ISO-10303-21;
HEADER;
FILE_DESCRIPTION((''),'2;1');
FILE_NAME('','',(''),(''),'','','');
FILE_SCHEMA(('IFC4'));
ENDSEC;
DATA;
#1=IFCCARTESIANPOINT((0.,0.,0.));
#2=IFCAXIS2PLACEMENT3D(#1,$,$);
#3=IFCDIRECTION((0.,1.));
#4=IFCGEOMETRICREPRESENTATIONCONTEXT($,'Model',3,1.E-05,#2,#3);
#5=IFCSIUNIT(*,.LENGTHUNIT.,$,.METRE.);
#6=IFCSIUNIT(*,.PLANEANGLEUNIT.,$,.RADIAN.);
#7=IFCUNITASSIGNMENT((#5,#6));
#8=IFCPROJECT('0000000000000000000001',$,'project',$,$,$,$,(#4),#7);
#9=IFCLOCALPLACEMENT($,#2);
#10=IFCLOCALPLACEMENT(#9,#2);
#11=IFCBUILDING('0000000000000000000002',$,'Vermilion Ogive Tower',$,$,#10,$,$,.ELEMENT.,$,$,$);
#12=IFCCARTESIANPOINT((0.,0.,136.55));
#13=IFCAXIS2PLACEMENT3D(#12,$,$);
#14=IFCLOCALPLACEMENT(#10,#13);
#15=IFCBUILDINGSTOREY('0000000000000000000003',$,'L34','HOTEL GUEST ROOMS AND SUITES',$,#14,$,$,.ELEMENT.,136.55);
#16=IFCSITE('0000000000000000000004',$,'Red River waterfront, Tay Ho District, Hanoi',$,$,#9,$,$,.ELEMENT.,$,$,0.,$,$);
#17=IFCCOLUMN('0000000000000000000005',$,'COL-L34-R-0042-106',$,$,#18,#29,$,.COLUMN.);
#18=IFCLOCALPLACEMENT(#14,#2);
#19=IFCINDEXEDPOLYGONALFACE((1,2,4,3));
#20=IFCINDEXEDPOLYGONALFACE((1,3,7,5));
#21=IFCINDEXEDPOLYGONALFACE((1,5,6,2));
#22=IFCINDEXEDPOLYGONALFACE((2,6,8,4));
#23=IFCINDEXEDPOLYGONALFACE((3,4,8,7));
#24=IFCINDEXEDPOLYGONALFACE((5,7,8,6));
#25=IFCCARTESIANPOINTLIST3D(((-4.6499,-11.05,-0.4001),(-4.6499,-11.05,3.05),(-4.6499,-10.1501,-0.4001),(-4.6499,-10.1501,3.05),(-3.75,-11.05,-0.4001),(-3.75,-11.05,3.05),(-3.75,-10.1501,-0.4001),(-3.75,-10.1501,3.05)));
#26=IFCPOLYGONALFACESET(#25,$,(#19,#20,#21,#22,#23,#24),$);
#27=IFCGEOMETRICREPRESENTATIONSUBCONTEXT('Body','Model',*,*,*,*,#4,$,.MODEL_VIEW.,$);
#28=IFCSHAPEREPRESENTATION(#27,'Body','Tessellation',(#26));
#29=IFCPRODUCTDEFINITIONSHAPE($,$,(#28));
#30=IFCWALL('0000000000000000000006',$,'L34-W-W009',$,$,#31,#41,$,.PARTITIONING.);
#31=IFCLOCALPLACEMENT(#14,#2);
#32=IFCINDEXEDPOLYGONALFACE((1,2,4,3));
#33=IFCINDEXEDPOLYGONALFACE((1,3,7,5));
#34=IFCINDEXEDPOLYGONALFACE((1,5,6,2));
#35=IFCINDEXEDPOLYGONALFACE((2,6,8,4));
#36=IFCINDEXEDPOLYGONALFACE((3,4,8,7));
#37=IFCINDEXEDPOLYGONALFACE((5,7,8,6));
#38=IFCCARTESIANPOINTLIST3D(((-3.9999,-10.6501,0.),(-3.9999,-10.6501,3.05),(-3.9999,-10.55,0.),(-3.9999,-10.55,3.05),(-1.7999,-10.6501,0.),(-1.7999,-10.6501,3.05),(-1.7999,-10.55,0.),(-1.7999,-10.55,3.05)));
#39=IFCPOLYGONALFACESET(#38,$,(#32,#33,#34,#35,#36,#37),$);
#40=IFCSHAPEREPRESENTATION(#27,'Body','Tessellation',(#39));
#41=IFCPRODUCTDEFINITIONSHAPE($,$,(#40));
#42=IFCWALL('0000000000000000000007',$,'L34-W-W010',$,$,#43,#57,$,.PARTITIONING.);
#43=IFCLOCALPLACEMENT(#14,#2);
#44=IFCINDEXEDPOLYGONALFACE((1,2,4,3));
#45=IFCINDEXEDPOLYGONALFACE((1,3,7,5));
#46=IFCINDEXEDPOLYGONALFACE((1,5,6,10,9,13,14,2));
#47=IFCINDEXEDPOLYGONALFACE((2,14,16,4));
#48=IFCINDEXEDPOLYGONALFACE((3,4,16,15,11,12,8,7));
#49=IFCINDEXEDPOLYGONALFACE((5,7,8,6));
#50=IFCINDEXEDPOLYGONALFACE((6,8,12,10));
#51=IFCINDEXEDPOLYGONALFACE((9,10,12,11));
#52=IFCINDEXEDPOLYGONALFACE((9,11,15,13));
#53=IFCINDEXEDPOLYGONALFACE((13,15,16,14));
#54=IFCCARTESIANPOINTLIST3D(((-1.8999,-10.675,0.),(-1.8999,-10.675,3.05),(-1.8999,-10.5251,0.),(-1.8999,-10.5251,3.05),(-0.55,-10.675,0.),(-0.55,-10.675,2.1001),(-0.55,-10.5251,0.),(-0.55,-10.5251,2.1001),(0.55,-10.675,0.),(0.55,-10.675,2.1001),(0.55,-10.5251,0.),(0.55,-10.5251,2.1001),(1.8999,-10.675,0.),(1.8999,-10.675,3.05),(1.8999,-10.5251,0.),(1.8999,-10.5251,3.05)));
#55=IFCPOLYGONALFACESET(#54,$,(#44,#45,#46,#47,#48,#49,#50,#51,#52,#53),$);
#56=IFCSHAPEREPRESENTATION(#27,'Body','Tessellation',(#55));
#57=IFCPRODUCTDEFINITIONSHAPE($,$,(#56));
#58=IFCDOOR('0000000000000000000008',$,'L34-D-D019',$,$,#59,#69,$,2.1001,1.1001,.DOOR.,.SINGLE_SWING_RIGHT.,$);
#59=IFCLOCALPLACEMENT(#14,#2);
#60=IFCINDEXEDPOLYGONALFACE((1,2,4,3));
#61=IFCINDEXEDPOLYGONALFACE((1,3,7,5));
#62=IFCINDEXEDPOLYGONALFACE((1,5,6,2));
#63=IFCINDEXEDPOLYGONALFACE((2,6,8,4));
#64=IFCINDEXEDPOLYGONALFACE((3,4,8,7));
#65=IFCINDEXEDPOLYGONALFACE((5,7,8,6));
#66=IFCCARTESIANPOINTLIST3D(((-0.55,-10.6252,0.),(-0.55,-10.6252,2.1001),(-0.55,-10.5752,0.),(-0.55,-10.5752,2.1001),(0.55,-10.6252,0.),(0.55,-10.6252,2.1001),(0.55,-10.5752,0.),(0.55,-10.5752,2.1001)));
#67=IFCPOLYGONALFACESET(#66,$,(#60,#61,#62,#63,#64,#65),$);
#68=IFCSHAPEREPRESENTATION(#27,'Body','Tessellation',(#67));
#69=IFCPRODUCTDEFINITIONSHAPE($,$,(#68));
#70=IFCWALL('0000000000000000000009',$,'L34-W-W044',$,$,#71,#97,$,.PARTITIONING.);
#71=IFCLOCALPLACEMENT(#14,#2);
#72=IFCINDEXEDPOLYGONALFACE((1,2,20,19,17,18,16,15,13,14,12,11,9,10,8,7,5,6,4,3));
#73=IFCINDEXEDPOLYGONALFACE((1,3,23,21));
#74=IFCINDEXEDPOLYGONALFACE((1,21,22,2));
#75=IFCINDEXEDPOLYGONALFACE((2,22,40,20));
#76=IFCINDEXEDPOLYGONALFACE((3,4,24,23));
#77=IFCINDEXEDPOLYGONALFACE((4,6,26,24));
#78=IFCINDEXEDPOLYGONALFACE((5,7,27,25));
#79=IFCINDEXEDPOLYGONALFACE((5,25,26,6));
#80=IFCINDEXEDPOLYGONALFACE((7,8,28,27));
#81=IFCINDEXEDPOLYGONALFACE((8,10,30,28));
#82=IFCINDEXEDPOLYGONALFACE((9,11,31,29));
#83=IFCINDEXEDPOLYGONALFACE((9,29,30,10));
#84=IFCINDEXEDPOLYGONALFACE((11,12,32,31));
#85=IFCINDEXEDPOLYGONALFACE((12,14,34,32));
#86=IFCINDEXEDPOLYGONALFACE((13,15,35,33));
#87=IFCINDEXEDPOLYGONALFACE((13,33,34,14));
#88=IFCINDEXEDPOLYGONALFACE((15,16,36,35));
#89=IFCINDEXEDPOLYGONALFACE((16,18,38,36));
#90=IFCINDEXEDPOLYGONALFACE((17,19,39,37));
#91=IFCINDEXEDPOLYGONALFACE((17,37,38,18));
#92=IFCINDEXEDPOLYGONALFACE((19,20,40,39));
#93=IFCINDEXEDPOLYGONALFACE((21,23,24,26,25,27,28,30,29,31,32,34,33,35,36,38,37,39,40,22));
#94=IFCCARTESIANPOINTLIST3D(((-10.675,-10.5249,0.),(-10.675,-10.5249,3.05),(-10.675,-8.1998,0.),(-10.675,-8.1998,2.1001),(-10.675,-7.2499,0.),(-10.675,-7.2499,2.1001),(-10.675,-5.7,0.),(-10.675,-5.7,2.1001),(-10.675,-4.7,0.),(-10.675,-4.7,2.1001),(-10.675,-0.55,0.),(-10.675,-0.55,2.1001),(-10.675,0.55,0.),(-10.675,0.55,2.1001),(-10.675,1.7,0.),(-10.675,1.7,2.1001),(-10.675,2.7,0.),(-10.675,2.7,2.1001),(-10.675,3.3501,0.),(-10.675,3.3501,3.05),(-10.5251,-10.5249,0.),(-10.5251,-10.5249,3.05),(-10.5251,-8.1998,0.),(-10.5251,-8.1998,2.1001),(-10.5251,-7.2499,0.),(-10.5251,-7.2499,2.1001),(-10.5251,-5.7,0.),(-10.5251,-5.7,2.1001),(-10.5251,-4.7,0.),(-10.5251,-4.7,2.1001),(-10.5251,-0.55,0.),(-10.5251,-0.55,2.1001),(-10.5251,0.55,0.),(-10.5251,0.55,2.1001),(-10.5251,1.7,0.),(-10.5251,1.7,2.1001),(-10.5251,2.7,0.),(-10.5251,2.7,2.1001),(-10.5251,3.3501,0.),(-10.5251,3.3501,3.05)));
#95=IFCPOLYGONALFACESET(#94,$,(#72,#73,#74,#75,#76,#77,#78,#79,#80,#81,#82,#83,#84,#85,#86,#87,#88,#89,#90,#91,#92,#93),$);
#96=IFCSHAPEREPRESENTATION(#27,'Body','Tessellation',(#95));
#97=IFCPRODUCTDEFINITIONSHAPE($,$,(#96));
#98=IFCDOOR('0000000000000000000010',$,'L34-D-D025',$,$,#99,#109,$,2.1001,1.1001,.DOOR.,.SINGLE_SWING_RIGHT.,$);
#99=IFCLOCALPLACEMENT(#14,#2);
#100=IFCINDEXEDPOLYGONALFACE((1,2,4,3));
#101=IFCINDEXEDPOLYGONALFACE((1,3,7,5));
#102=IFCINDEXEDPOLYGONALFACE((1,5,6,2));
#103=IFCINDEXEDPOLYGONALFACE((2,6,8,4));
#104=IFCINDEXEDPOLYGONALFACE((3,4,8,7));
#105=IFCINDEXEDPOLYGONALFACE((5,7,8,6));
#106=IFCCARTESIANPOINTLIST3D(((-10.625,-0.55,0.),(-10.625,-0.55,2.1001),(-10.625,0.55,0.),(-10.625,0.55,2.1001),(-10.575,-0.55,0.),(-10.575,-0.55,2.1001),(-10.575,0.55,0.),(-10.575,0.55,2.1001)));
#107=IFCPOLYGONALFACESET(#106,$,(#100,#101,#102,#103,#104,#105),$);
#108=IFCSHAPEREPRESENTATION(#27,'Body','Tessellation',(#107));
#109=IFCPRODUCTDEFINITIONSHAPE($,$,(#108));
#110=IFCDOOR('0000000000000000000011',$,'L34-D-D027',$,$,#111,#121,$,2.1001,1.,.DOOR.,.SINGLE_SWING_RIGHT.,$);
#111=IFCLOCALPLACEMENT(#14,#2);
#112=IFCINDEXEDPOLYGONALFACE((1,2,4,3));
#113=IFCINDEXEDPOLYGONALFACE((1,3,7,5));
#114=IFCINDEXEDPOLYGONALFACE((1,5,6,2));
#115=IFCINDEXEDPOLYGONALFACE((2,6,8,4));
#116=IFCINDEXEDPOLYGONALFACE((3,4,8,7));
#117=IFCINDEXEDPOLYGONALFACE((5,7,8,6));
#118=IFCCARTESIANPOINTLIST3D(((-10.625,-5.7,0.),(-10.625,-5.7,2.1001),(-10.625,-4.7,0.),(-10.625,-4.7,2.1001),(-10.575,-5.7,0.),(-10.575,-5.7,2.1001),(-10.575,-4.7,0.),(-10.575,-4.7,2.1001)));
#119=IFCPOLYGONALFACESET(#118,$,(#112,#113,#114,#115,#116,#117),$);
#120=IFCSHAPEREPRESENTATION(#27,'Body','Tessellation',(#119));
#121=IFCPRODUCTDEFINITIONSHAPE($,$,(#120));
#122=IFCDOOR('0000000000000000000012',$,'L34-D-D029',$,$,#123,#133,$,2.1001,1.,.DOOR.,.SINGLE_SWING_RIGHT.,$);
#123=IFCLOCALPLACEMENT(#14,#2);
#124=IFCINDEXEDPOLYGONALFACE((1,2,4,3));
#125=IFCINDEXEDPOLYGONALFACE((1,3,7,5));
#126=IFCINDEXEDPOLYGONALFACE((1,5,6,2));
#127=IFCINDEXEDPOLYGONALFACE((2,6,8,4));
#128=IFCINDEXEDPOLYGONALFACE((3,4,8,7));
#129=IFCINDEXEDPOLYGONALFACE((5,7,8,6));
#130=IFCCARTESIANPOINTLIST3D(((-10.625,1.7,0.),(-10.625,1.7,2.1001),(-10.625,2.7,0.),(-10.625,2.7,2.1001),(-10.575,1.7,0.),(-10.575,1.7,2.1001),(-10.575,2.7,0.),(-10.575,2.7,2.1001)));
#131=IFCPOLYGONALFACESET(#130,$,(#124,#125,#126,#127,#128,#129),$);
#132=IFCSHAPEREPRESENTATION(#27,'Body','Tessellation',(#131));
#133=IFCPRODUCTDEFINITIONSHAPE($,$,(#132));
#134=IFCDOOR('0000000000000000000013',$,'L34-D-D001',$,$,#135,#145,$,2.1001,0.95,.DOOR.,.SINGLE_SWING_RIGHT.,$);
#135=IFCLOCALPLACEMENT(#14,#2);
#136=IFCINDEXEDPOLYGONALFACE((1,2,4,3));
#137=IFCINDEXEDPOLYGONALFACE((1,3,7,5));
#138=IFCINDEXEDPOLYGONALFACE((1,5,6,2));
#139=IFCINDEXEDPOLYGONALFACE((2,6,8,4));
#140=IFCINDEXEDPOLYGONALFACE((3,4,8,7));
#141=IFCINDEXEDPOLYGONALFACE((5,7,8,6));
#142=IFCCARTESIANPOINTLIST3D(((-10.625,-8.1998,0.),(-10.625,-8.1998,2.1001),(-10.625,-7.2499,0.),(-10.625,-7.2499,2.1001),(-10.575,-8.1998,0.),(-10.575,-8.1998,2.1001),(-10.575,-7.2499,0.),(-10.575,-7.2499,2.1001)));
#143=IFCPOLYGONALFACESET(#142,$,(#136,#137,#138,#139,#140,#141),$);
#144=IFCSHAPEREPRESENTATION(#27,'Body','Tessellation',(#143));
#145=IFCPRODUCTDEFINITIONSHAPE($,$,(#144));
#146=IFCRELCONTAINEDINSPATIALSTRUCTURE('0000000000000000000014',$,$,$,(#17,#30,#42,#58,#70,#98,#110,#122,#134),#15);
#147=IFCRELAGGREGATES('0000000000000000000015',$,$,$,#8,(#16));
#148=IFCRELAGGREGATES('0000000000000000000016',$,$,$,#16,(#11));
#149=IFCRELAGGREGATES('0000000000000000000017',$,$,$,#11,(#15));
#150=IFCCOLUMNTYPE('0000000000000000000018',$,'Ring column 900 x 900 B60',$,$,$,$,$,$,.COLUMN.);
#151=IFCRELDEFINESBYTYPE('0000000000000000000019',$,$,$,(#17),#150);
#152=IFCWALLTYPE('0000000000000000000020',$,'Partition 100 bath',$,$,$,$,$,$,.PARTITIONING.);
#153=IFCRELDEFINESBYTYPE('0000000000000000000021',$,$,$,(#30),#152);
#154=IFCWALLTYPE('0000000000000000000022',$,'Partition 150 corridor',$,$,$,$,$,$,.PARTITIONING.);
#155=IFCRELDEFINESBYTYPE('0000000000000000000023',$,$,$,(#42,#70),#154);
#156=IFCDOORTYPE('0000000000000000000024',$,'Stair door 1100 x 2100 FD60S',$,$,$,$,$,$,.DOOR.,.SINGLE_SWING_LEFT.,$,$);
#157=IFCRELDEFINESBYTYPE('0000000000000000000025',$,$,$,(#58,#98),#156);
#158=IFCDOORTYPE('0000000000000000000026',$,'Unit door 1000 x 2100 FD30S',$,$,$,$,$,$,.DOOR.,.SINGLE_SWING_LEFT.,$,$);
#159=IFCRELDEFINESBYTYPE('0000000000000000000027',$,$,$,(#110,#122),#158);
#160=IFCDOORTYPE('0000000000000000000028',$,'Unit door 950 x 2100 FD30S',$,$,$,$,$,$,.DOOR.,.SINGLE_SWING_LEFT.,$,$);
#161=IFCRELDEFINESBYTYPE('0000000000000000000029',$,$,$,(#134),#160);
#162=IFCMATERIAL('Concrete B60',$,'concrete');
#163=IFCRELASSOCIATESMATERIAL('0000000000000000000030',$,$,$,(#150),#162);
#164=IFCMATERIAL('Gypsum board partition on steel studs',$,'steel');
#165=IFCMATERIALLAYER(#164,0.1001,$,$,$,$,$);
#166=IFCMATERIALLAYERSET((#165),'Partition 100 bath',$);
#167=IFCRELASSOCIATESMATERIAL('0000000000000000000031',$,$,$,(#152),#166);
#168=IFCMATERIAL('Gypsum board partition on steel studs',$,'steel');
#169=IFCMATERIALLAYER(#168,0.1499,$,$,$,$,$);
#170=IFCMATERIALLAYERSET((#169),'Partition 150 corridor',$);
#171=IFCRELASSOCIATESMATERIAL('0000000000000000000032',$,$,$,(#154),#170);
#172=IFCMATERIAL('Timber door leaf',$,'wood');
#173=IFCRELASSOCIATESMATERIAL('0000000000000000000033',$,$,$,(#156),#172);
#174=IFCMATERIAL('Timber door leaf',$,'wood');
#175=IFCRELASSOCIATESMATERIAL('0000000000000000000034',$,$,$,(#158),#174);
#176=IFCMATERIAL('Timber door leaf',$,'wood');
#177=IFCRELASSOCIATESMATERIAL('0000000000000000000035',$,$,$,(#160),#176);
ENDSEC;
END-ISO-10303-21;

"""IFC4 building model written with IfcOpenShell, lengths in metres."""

from ifc_helpers import new_model, si_unit, direction, frame, frame_2d, origin, origin_2d, place, context, subcontext, project, spatial, rectangle, extrude, material, layer, layer_set, material_profile, profile_set, type_object, element, fill, save


model = new_model("IFC4")

# Units and contexts
model_context = context("Model", 3, precision=1e-05, world=origin(), true_north=direction((0.0, 1.0)))
body_context = subcontext(model_context, "Body", "Model", "MODEL_VIEW")
ifc_project = project(units=[si_unit("LENGTHUNIT", "METRE"), si_unit("PLANEANGLEUNIT", "RADIAN")], contexts=[model_context])

# Site, building, storey
site_placement = place(None, origin())
site = spatial("IfcSite", under=ifc_project, at=site_placement, Name="Red River waterfront, Tay Ho District, Hanoi", CompositionType="ELEMENT", RefElevation=0.0)
building_placement = place(site_placement, origin())
building = spatial("IfcBuilding", under=site, at=building_placement, Name="Vermilion Ogive Tower", CompositionType="ELEMENT")
storey_placement = place(building_placement, frame((0.0, 0.0, 136.55)))
storey = spatial("IfcBuildingStorey", under=building, at=storey_placement, Name="L34", Description="HOTEL GUEST ROOMS AND SUITES", CompositionType="ELEMENT", Elevation=136.55)

# Column
ifc_material_1 = material(Name="Concrete B60", Category="concrete")
ifc_material_profile = material_profile(ifc_material_1, rectangle(XDim=0.8999, YDim=0.8999, at=origin_2d()), Name="900 x 900")
ifc_profile_set = profile_set([ifc_material_profile], Name="Concrete B60")
column_type = type_object("IfcColumnType", Name="Ring column 900 x 900 B60", PredefinedType="COLUMN", material=ifc_profile_set)
column_placement = place(storey_placement, frame((-4.2, -10.6001, -0.4001), z_axis=(0.0, 0.0, 1.0), x_axis=(1.0, 0.0, 0.0)))
element("IfcColumn", 1, at=column_placement, inside=storey, type_object=column_type, Name="COL-L34-R-0042-106", PredefinedType="COLUMN", context=body_context, shape_type="SweptSolid", body=[
    extrude(rectangle(XDim=0.8999, YDim=0.8999, at=origin_2d()), origin(), (0.0, 0.0, 1.0), 3.4502),
])

# Wall
ifc_material_2 = material(Name="Gypsum board partition on steel studs", Category="steel")
ifc_layer_1 = layer(ifc_material_2, 0.1001)
ifc_layer_set_1 = layer_set([ifc_layer_1], Name="Partition 100 bath")
wall_type_1 = type_object("IfcWallType", Name="Partition 100 bath", PredefinedType="PARTITIONING", material=ifc_layer_set_1)
wall_1_placement = place(storey_placement, frame((-4.0, -10.6001, 0.0), z_axis=(0.0, 0.0, 1.0), x_axis=(1.0, 0.0, 0.0)))
element("IfcWall", 2, at=wall_1_placement, inside=storey, type_object=wall_type_1, Name="L34-W-W009", PredefinedType="PARTITIONING", context=body_context, shape_type="SweptSolid", body=[
    extrude(rectangle(XDim=2.2, YDim=0.1001, at=frame_2d((1.1001, 0.0))), origin(), (0.0, 0.0, 1.0), 3.05),
])

# Wall, opening, door
ifc_material_3 = material(Name="Gypsum board partition on steel studs", Category="steel")
ifc_layer_2 = layer(ifc_material_3, 0.1499)
ifc_layer_set_2 = layer_set([ifc_layer_2], Name="Partition 150 corridor")
wall_type_2 = type_object("IfcWallType", Name="Partition 150 corridor", PredefinedType="PARTITIONING", material=ifc_layer_set_2)
wall_2_placement = place(storey_placement, frame((-1.8999, -10.6001, 0.0), z_axis=(0.0, 0.0, 1.0), x_axis=(1.0, 0.0, 0.0)))
wall_2 = element("IfcWall", 3, at=wall_2_placement, inside=storey, type_object=wall_type_2, Name="L34-W-W010", PredefinedType="PARTITIONING", context=body_context, shape_type="SweptSolid", body=[
    extrude(rectangle(XDim=3.7998, YDim=0.1499, at=frame_2d((1.8999, 0.0))), origin(), (0.0, 0.0, 1.0), 3.05),
])
opening_1_placement = place(wall_2_placement, frame((1.3499, 0.0, 0.0)))
opening_1 = element("IfcOpeningElement", 4, at=opening_1_placement, cuts=wall_2, PredefinedType="OPENING", context=body_context, shape_type="SweptSolid", body=[
    extrude(rectangle(XDim=1.1001, YDim=2.1001, at=frame_2d((0.55, 1.05))), frame((0.0, 0.085, 0.0), z_axis=(0.0, -1.0, 0.0), x_axis=(1.0, 0.0, 0.0)), (0.0, 0.0, 1.0), 0.1699),
])
ifc_material_4 = material(Name="Timber door leaf", Category="wood")
door_type_1 = type_object("IfcDoorType", Name="Stair door 1100 x 2100 FD60S", OperationType="SINGLE_SWING_LEFT", PredefinedType="DOOR", material=ifc_material_4)
door_1_placement = place(opening_1_placement, origin())
door_1 = element("IfcDoor", 5, at=door_1_placement, inside=storey, type_object=door_type_1, Name="L34-D-D019", OperationType="SINGLE_SWING_RIGHT", OverallHeight=2.1001, OverallWidth=1.1001, PredefinedType="DOOR", context=body_context, shape_type="SweptSolid", body=[
    extrude(rectangle(XDim=1.1001, YDim=2.1001, at=frame_2d((0.55, 1.05))), frame((0.0, 0.0249, 0.0), z_axis=(0.0, -1.0, 0.0), x_axis=(1.0, 0.0, 0.0)), (0.0, 0.0, 1.0), 0.05),
])
fill(opening_1, door_1)

# Wall, openings, doors
wall_3_placement = place(storey_placement, frame((-10.6001, -10.5249, 0.0), z_axis=(0.0, 0.0, 1.0), x_axis=(0.0, 1.0, 0.0)))
wall_3 = element("IfcWall", 6, at=wall_3_placement, inside=storey, type_object=wall_type_2, Name="L34-W-W044", PredefinedType="PARTITIONING", context=body_context, shape_type="SweptSolid", body=[
    extrude(rectangle(XDim=13.875, YDim=0.1499, at=frame_2d((6.9375, 0.0))), origin(), (0.0, 0.0, 1.0), 3.05),
])
opening_2_placement = place(wall_3_placement, frame((2.325, 0.0, 0.0)))
opening_2 = element("IfcOpeningElement", 7, at=opening_2_placement, cuts=wall_3, PredefinedType="OPENING", context=body_context, shape_type="SweptSolid", body=[
    extrude(rectangle(XDim=0.95, YDim=2.1001, at=frame_2d((0.4751, 1.05))), frame((0.0, 0.085, 0.0), z_axis=(0.0, -1.0, 0.0), x_axis=(1.0, 0.0, 0.0)), (0.0, 0.0, 1.0), 0.1699),
])
opening_3_placement = place(wall_3_placement, frame((9.9749, 0.0, 0.0)))
opening_3 = element("IfcOpeningElement", 8, at=opening_3_placement, cuts=wall_3, PredefinedType="OPENING", context=body_context, shape_type="SweptSolid", body=[
    extrude(rectangle(XDim=1.1001, YDim=2.1001, at=frame_2d((0.55, 1.05))), frame((0.0, 0.085, 0.0), z_axis=(0.0, -1.0, 0.0), x_axis=(1.0, 0.0, 0.0)), (0.0, 0.0, 1.0), 0.1699),
])
opening_4_placement = place(wall_3_placement, frame((4.825, 0.0, 0.0)))
opening_4 = element("IfcOpeningElement", 9, at=opening_4_placement, cuts=wall_3, PredefinedType="OPENING", context=body_context, shape_type="SweptSolid", body=[
    extrude(rectangle(XDim=1.0, YDim=2.1001, at=frame_2d((0.5, 1.05))), frame((0.0, 0.085, 0.0), z_axis=(0.0, -1.0, 0.0), x_axis=(1.0, 0.0, 0.0)), (0.0, 0.0, 1.0), 0.1699),
])
opening_5_placement = place(wall_3_placement, frame((12.2249, 0.0, 0.0)))
opening_5 = element("IfcOpeningElement", 10, at=opening_5_placement, cuts=wall_3, PredefinedType="OPENING", context=body_context, shape_type="SweptSolid", body=[
    extrude(rectangle(XDim=1.0, YDim=2.1001, at=frame_2d((0.5, 1.05))), frame((0.0, 0.085, 0.0), z_axis=(0.0, -1.0, 0.0), x_axis=(1.0, 0.0, 0.0)), (0.0, 0.0, 1.0), 0.1699),
])
door_2_placement = place(opening_3_placement, origin())
door_2 = element("IfcDoor", 11, at=door_2_placement, inside=storey, type_object=door_type_1, Name="L34-D-D025", OperationType="SINGLE_SWING_RIGHT", OverallHeight=2.1001, OverallWidth=1.1001, PredefinedType="DOOR", context=body_context, shape_type="SweptSolid", body=[
    extrude(rectangle(XDim=1.1001, YDim=2.1001, at=frame_2d((0.55, 1.05))), frame((0.0, 0.0249, 0.0), z_axis=(0.0, -1.0, 0.0), x_axis=(1.0, 0.0, 0.0)), (0.0, 0.0, 1.0), 0.05),
])
fill(opening_3, door_2)
ifc_material_5 = material(Name="Timber door leaf", Category="wood")
door_type_2 = type_object("IfcDoorType", Name="Unit door 1000 x 2100 FD30S", OperationType="SINGLE_SWING_LEFT", PredefinedType="DOOR", material=ifc_material_5)
door_3_placement = place(opening_4_placement, origin())
door_3 = element("IfcDoor", 12, at=door_3_placement, inside=storey, type_object=door_type_2, Name="L34-D-D027", OperationType="SINGLE_SWING_RIGHT", OverallHeight=2.1001, OverallWidth=1.0, PredefinedType="DOOR", context=body_context, shape_type="SweptSolid", body=[
    extrude(rectangle(XDim=1.0, YDim=2.1001, at=frame_2d((0.5, 1.05))), frame((0.0, 0.0249, 0.0), z_axis=(0.0, -1.0, 0.0), x_axis=(1.0, 0.0, 0.0)), (0.0, 0.0, 1.0), 0.05),
])
fill(opening_4, door_3)
door_4_placement = place(opening_5_placement, origin())
door_4 = element("IfcDoor", 13, at=door_4_placement, inside=storey, type_object=door_type_2, Name="L34-D-D029", OperationType="SINGLE_SWING_RIGHT", OverallHeight=2.1001, OverallWidth=1.0, PredefinedType="DOOR", context=body_context, shape_type="SweptSolid", body=[
    extrude(rectangle(XDim=1.0, YDim=2.1001, at=frame_2d((0.5, 1.05))), frame((0.0, 0.0249, 0.0), z_axis=(0.0, -1.0, 0.0), x_axis=(1.0, 0.0, 0.0)), (0.0, 0.0, 1.0), 0.05),
])
fill(opening_5, door_4)
ifc_material_6 = material(Name="Timber door leaf", Category="wood")
door_type_3 = type_object("IfcDoorType", Name="Unit door 950 x 2100 FD30S", OperationType="SINGLE_SWING_LEFT", PredefinedType="DOOR", material=ifc_material_6)
door_5_placement = place(opening_2_placement, origin())
door_5 = element("IfcDoor", 14, at=door_5_placement, inside=storey, type_object=door_type_3, Name="L34-D-D001", OperationType="SINGLE_SWING_RIGHT", OverallHeight=2.1001, OverallWidth=0.95, PredefinedType="DOOR", context=body_context, shape_type="SweptSolid", body=[
    extrude(rectangle(XDim=0.95, YDim=2.1001, at=frame_2d((0.4751, 1.05))), frame((0.0, 0.0249, 0.0), z_axis=(0.0, -1.0, 0.0), x_axis=(1.0, 0.0, 0.0)), (0.0, 0.0, 1.0), 0.05),
])
fill(opening_2, door_5)

save(model, "model.ifc")
